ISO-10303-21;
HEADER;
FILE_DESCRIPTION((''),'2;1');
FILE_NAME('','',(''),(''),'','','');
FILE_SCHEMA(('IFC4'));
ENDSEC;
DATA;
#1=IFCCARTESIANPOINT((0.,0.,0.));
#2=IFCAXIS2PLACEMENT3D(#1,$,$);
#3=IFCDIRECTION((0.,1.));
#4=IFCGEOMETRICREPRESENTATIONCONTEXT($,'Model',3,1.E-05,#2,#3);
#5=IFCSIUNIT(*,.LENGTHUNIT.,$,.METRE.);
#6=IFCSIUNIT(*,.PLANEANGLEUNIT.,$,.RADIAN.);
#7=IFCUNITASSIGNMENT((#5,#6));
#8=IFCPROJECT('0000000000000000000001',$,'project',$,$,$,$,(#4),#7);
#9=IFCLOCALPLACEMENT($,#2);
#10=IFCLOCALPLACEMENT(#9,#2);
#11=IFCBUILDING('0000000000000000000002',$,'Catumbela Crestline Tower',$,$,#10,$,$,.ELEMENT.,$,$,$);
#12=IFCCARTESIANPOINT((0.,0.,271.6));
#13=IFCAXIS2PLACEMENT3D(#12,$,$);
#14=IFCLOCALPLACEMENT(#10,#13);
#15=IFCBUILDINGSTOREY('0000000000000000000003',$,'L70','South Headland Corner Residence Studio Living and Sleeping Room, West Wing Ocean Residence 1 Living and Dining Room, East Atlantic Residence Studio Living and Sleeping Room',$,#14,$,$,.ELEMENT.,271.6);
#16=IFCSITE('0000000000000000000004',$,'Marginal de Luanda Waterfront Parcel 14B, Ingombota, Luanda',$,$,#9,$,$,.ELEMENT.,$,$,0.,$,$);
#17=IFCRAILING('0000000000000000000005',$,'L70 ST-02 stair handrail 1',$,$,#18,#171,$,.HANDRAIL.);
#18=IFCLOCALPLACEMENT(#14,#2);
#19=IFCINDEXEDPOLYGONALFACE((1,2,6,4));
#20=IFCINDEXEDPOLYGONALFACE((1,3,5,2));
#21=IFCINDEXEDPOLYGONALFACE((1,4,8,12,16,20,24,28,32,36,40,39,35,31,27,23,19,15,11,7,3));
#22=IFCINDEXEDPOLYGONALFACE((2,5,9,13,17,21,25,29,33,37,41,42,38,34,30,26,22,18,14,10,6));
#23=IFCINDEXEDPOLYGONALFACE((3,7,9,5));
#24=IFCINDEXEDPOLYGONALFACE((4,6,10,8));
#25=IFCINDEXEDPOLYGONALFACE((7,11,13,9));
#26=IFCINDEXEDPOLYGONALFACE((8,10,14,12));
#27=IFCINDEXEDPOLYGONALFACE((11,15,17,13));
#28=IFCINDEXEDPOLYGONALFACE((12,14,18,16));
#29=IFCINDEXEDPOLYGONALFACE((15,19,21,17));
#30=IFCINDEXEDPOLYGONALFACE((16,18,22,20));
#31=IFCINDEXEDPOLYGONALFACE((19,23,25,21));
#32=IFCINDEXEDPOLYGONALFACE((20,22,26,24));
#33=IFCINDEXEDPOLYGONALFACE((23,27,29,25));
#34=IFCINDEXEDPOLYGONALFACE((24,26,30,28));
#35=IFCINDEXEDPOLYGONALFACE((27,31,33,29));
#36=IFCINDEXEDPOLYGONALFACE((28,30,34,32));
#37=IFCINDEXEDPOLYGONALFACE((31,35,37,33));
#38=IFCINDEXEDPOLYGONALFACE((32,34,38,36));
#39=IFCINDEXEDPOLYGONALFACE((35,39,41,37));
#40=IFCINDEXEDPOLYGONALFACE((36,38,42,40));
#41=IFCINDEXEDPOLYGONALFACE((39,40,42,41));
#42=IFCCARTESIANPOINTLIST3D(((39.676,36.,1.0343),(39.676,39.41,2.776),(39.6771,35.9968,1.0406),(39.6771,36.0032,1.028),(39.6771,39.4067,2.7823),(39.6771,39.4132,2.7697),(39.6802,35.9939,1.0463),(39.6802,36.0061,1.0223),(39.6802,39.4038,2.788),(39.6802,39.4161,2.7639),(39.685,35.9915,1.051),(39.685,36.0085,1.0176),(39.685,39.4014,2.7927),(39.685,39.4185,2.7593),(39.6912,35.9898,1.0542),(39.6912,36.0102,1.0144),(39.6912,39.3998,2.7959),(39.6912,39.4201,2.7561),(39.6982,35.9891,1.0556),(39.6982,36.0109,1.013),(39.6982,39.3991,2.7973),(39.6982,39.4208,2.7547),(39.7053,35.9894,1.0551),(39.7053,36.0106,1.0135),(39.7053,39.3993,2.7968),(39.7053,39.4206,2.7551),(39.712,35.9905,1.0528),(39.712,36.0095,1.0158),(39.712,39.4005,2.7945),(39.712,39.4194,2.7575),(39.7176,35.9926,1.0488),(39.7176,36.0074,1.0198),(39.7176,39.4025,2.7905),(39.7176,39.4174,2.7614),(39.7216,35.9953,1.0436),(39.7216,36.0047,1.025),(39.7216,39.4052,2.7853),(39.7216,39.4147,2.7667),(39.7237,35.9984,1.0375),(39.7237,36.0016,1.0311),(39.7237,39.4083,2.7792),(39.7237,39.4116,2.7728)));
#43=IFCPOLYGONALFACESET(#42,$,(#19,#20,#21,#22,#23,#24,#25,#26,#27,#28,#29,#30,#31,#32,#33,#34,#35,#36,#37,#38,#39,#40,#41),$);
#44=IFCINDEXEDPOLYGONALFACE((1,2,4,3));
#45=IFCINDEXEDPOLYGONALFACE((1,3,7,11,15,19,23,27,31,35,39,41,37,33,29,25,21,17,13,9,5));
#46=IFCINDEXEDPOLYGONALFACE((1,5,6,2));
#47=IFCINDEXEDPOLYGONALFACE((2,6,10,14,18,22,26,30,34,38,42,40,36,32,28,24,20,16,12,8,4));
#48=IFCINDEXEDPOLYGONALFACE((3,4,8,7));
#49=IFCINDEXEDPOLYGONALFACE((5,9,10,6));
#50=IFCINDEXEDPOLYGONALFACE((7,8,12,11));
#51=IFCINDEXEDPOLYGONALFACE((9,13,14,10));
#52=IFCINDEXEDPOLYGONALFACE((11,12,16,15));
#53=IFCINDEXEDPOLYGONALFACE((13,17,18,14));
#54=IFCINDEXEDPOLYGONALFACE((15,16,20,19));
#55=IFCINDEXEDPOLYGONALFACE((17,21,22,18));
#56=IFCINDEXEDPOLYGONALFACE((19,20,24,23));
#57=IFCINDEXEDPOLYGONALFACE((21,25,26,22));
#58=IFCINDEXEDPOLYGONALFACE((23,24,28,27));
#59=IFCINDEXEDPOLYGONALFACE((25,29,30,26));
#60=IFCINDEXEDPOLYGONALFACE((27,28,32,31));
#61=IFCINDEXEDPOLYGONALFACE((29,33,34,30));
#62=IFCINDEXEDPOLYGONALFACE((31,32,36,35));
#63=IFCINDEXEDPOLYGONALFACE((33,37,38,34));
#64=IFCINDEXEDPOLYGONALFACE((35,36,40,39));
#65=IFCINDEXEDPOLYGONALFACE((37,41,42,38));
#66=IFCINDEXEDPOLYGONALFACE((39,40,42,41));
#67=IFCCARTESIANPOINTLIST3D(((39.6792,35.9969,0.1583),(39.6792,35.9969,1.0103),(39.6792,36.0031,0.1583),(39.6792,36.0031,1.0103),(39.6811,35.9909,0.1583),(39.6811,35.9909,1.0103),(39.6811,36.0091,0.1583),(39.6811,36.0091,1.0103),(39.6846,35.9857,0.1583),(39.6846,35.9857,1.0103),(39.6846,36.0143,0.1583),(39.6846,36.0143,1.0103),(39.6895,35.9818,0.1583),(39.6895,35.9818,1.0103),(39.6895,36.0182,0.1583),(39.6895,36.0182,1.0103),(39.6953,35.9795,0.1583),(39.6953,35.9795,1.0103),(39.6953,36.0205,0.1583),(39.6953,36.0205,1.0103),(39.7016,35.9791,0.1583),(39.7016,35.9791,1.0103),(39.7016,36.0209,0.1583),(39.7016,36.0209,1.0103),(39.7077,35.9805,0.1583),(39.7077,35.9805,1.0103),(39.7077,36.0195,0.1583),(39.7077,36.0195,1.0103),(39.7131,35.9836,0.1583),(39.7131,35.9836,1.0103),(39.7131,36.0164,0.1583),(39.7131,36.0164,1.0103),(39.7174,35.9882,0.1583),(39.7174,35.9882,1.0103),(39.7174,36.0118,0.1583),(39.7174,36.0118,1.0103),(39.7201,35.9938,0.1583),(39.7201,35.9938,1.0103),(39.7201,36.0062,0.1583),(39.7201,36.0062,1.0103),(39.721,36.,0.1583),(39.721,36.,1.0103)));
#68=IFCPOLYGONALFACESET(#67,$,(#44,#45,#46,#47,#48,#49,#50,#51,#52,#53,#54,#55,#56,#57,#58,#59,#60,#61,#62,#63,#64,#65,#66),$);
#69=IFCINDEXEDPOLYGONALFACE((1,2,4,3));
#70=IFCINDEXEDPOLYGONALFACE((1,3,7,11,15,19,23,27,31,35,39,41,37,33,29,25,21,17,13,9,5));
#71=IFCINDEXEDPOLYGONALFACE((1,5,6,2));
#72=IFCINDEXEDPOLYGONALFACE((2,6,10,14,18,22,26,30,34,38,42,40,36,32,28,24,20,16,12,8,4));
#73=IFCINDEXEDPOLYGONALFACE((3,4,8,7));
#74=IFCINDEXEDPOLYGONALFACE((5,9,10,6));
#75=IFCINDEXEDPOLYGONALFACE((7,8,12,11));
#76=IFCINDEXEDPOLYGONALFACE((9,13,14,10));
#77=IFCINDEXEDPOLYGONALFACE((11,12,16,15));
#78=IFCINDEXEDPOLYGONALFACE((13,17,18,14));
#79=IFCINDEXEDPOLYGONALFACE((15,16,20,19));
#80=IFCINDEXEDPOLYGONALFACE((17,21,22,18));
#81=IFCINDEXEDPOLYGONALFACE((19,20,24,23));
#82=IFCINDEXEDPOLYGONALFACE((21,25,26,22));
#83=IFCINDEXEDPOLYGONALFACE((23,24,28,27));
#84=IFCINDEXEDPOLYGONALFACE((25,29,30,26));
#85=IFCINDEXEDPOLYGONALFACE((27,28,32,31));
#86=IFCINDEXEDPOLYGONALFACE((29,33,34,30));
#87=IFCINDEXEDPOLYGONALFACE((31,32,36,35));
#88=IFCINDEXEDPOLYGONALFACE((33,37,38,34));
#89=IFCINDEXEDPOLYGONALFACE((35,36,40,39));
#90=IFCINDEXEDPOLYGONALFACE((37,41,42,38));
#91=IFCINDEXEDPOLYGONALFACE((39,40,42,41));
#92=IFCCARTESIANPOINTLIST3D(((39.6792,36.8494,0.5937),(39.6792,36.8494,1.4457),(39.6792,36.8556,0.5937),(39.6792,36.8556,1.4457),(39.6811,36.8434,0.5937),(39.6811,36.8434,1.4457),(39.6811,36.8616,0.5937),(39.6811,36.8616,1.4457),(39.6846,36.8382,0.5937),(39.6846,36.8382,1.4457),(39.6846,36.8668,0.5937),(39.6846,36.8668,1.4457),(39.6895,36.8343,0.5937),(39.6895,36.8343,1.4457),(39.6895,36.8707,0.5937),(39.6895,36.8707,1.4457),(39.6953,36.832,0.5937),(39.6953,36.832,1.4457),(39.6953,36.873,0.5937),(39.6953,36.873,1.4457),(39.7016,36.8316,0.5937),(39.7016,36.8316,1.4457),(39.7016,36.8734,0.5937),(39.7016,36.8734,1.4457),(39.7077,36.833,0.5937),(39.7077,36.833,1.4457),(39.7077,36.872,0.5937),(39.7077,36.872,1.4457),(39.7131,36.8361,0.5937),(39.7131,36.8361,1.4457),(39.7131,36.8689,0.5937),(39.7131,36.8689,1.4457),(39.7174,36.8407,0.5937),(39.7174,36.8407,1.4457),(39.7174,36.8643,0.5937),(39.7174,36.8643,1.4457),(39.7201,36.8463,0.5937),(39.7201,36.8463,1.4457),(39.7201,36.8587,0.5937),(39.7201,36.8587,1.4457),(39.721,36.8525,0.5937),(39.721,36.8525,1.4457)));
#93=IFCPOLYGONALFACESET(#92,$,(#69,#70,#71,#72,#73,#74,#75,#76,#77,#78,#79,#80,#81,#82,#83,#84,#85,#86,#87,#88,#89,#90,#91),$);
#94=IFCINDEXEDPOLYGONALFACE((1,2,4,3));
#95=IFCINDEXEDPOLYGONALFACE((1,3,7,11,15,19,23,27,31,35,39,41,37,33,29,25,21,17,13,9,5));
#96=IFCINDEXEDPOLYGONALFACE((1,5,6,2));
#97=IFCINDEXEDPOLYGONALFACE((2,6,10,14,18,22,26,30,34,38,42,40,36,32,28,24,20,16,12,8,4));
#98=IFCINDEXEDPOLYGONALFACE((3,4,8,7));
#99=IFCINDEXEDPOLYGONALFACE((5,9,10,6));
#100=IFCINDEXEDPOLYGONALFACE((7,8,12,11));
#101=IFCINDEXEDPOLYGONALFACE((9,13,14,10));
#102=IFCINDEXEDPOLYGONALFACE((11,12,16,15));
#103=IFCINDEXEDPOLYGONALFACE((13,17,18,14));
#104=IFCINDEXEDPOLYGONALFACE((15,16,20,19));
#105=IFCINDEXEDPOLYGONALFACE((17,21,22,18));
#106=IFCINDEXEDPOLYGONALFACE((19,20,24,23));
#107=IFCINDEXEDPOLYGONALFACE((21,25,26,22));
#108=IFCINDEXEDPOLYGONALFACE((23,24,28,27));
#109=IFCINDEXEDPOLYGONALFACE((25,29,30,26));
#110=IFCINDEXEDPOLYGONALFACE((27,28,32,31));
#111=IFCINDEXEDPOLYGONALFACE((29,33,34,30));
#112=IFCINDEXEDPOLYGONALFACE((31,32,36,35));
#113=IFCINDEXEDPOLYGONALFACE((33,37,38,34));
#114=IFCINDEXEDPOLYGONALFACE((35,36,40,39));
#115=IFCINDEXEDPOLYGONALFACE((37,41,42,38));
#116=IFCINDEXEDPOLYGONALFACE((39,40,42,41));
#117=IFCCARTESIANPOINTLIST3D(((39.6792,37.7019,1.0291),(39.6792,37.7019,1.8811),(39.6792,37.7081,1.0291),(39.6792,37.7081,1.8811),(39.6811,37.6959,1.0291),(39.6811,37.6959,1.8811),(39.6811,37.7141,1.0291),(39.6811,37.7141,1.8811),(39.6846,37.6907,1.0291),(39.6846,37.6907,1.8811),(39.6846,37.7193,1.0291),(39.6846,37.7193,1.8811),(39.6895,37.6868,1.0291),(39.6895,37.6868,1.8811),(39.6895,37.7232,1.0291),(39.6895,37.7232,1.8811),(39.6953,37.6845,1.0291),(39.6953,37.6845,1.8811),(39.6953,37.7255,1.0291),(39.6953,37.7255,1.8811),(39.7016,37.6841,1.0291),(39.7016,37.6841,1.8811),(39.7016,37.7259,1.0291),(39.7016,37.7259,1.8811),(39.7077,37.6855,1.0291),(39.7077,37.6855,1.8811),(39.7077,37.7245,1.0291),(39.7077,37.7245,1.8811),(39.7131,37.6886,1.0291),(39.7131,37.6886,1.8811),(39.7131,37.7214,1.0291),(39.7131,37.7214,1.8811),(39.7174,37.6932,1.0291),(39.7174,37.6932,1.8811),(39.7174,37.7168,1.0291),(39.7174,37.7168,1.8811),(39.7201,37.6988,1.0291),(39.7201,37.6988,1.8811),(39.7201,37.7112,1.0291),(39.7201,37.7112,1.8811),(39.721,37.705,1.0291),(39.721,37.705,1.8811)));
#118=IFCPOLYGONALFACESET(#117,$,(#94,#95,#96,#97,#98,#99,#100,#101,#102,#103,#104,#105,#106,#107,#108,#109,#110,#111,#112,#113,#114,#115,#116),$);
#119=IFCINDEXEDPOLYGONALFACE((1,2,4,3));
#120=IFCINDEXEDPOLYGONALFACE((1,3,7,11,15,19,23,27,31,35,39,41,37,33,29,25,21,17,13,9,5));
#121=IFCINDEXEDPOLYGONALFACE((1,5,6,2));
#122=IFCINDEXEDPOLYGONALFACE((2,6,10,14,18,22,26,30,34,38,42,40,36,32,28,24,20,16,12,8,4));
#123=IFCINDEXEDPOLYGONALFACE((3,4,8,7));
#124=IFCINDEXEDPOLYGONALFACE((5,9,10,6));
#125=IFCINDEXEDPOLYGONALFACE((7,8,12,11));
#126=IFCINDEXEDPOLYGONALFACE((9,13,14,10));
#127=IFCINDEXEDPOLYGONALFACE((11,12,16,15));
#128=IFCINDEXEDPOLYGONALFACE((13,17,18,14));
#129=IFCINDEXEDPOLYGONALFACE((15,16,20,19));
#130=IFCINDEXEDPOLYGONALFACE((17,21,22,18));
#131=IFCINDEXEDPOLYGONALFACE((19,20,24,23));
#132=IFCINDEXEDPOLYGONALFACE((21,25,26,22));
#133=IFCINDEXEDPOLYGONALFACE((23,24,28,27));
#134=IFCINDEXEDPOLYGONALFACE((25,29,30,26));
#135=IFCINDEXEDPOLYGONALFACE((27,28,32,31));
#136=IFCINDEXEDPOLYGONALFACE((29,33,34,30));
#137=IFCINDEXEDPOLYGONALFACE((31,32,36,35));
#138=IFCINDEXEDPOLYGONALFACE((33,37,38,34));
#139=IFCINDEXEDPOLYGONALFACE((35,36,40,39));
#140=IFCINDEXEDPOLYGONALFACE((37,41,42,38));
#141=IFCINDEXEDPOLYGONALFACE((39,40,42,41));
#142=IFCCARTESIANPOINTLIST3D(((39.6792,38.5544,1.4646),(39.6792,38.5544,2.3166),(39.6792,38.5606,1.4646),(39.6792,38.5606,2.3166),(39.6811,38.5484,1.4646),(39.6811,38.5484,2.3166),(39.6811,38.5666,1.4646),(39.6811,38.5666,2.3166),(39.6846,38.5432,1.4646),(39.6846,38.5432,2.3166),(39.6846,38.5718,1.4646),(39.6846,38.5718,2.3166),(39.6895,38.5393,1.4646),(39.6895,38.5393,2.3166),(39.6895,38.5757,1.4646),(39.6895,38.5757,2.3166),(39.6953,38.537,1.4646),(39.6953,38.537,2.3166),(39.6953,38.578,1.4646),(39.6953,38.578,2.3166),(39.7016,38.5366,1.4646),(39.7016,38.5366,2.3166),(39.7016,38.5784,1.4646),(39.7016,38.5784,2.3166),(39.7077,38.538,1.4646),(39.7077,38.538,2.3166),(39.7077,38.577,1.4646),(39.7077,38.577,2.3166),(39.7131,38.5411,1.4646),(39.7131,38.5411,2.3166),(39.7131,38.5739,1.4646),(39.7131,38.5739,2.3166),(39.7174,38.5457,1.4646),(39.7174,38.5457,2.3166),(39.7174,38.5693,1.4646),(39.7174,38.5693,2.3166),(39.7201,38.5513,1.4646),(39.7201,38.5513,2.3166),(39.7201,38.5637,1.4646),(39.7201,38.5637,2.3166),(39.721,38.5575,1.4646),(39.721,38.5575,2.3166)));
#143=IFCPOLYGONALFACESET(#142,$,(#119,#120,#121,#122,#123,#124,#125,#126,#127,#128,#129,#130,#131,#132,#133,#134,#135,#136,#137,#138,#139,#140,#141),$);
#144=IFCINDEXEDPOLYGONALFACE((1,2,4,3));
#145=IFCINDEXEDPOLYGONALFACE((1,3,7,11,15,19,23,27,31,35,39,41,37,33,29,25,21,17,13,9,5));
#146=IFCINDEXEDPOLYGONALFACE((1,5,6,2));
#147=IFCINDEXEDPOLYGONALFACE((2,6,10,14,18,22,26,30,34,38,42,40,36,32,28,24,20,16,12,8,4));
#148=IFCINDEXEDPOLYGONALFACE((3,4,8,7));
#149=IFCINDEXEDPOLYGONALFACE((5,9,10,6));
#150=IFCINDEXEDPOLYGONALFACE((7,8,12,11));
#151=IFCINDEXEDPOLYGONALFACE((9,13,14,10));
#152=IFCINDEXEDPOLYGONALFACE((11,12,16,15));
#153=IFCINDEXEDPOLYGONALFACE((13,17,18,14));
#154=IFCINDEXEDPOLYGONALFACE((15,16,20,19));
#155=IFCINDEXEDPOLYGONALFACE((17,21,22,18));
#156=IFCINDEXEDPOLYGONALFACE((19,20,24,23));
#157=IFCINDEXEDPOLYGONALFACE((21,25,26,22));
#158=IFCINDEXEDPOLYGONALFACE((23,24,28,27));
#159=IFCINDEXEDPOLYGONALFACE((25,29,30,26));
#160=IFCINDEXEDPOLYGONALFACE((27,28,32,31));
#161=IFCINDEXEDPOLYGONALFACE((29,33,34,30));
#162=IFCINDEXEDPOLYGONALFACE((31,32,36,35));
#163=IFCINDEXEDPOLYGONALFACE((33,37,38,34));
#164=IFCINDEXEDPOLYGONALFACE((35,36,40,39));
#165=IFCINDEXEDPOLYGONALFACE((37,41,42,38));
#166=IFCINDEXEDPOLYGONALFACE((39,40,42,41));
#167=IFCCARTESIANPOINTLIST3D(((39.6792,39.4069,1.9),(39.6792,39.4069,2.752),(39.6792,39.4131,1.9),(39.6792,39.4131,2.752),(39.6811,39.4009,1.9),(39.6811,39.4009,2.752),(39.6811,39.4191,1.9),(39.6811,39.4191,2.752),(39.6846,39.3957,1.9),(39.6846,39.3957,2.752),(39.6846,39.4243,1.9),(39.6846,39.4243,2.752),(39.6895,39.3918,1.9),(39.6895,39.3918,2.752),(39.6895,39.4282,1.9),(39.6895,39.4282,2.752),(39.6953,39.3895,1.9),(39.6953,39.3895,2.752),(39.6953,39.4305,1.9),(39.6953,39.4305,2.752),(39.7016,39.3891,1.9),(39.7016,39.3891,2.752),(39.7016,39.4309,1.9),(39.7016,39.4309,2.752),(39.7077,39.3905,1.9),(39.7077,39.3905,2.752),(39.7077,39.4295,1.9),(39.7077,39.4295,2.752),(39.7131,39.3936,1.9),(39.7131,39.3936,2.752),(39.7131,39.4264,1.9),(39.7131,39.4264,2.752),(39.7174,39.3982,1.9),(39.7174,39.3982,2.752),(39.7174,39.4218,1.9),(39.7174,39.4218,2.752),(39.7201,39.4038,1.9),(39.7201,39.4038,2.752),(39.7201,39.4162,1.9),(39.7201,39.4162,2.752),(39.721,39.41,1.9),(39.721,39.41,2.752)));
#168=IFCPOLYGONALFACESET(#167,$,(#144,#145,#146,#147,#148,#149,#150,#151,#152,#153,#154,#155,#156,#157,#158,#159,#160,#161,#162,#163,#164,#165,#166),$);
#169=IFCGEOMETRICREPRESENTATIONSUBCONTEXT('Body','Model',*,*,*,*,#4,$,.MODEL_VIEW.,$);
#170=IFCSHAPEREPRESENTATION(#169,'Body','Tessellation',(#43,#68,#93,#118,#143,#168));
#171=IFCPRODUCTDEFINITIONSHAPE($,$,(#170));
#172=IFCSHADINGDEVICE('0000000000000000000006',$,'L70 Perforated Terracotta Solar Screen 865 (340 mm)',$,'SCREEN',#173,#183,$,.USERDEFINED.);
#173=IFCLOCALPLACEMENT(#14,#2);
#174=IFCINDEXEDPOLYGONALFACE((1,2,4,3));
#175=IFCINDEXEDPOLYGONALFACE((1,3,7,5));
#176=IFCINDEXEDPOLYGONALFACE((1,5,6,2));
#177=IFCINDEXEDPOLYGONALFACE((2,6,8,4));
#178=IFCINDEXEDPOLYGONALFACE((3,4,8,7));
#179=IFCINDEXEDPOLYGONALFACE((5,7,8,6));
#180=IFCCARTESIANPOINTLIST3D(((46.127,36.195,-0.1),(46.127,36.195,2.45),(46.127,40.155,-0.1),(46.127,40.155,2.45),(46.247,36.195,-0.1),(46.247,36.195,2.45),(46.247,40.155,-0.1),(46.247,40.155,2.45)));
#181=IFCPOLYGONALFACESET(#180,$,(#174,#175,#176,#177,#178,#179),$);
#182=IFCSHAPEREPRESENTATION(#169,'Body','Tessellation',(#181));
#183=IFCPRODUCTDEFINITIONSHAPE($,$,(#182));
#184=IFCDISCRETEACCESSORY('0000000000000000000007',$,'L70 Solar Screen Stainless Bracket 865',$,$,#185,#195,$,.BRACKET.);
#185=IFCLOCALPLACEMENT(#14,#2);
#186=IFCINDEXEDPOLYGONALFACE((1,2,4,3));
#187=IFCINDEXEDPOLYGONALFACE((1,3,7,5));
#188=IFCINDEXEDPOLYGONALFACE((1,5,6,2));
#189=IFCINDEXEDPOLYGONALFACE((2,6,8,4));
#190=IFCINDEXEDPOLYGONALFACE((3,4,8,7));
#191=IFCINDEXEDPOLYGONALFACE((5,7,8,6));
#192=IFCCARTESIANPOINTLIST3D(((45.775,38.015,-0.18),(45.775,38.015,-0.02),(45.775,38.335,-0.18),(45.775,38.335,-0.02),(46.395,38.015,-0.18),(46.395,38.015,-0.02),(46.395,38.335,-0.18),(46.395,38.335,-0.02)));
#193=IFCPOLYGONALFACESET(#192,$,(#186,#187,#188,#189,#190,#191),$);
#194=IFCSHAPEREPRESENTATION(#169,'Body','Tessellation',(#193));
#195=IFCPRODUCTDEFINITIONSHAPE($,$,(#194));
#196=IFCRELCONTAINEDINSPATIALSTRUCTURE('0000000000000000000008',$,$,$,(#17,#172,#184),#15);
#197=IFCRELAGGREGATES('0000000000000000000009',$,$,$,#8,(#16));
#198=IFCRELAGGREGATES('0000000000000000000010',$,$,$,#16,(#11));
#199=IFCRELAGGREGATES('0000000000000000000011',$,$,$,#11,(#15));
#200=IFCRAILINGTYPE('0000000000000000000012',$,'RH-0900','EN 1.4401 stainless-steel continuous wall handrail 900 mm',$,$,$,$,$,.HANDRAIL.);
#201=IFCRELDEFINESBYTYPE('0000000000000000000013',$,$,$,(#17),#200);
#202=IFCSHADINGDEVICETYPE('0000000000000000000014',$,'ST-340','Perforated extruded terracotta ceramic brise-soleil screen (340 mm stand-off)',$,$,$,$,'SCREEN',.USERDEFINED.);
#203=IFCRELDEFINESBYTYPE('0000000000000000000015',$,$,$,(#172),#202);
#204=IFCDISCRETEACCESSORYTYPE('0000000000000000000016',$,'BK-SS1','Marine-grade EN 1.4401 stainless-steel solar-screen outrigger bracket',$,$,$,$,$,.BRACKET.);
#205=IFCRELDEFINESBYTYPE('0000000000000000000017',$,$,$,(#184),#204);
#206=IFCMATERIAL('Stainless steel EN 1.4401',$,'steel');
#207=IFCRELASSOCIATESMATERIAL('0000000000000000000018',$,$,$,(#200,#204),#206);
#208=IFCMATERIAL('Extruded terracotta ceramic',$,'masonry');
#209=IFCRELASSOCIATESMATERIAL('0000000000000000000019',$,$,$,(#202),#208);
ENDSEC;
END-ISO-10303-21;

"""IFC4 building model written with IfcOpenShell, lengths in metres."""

from ifc_helpers import new_model, si_unit, direction, frame, origin, origin_2d, place, context, subcontext, project, spatial, rectangle, circle, extrude, material, type_object, element, save


model = new_model("IFC4")

# Units and contexts
model_context = context("Model", 3, precision=1e-05, world=origin(), true_north=direction((0.0, 1.0)))
body_context = subcontext(model_context, "Body", "Model", "MODEL_VIEW")
ifc_project = project(units=[si_unit("LENGTHUNIT", "METRE"), si_unit("PLANEANGLEUNIT", "RADIAN")], contexts=[model_context])

# Site, building, storey
site_placement = place(None, origin())
site = spatial("IfcSite", under=ifc_project, at=site_placement, Name="Marginal de Luanda Waterfront Parcel 14B, Ingombota, Luanda", CompositionType="ELEMENT", RefElevation=0.0)
building_placement = place(site_placement, origin())
building = spatial("IfcBuilding", under=site, at=building_placement, Name="Catumbela Crestline Tower", CompositionType="ELEMENT")
storey_placement = place(building_placement, frame((0.0, 0.0, 271.6)))
storey = spatial("IfcBuildingStorey", under=building, at=storey_placement, Name="L70", Description="South Headland Corner Residence Studio Living and Sleeping Room, West Wing Ocean Residence 1 Living and Dining Room, East Atlantic Residence Studio Living and Sleeping Room", CompositionType="ELEMENT", Elevation=271.6)

# Railing
ifc_material_1 = material(Name="Stainless steel EN 1.4401", Category="steel")
railing_type = type_object("IfcRailingType", Name="RH-0900", Description="EN 1.4401 stainless-steel continuous wall handrail 900 mm", PredefinedType="HANDRAIL", material=ifc_material_1)
railing_placement = place(storey_placement, frame((39.7, 36.0, 0.1583)))
element("IfcRailing", 1, at=railing_placement, inside=storey, type_object=railing_type, Name="L70 ST-02 stair handrail 1", PredefinedType="HANDRAIL", context=body_context, shape_type="SweptSolid", body=[
    extrude(circle(Radius=0.024, at=origin_2d()), frame((0.0, 0.0, 0.876), z_axis=(0.0, 0.89056, 0.454865), x_axis=(-1.0, 0.0, 0.0)), (0.0, 0.0, 1.0), 3.829),
    extrude(circle(Radius=0.021, at=origin_2d()), origin(), (0.0, 0.0, 1.0), 0.852),
    extrude(circle(Radius=0.021, at=origin_2d()), frame((0.0, 0.8525, 0.4354)), (0.0, 0.0, 1.0), 0.852),
    extrude(circle(Radius=0.021, at=origin_2d()), frame((0.0, 1.705, 0.8708)), (0.0, 0.0, 1.0), 0.852),
    extrude(circle(Radius=0.021, at=origin_2d()), frame((0.0, 2.5575, 1.3063)), (0.0, 0.0, 1.0), 0.852),
    extrude(circle(Radius=0.021, at=origin_2d()), frame((0.0, 3.41, 1.7417)), (0.0, 0.0, 1.0), 0.852),
])

# Shading device
ifc_material_2 = material(Name="Extruded terracotta ceramic", Category="masonry")
shading_device_type = type_object("IfcShadingDeviceType", Name="ST-340", Description="Perforated extruded terracotta ceramic brise-soleil screen (340 mm stand-off)", ElementType="SCREEN", PredefinedType="USERDEFINED", material=ifc_material_2)
shading_device_placement = place(storey_placement, frame((46.187, 38.175, -0.1), z_axis=(0.0, 0.0, 1.0), x_axis=(0.0, 1.0, 0.0)))
element("IfcShadingDevice", 2, at=shading_device_placement, inside=storey, type_object=shading_device_type, Name="L70 Perforated Terracotta Solar Screen 865 (340 mm)", ObjectType="SCREEN", PredefinedType="USERDEFINED", context=body_context, shape_type="SweptSolid", body=[
    extrude(rectangle(XDim=3.96, YDim=0.12, at=origin_2d()), origin(), (0.0, 0.0, 1.0), 2.55),
])

# Discrete accessory
discrete_accessory_type = type_object("IfcDiscreteAccessoryType", Name="BK-SS1", Description="Marine-grade EN 1.4401 stainless-steel solar-screen outrigger bracket", PredefinedType="BRACKET", material=ifc_material_1)
discrete_accessory_placement = place(storey_placement, frame((46.085, 38.175, -0.18), z_axis=(0.0, 0.0, 1.0), x_axis=(0.0, 1.0, 0.0)))
element("IfcDiscreteAccessory", 3, at=discrete_accessory_placement, inside=storey, type_object=discrete_accessory_type, Name="L70 Solar Screen Stainless Bracket 865", PredefinedType="BRACKET", context=body_context, shape_type="SweptSolid", body=[
    extrude(rectangle(XDim=0.32, YDim=0.62, at=origin_2d()), origin(), (0.0, 0.0, 1.0), 0.16),
])

save(model, "model.ifc")
